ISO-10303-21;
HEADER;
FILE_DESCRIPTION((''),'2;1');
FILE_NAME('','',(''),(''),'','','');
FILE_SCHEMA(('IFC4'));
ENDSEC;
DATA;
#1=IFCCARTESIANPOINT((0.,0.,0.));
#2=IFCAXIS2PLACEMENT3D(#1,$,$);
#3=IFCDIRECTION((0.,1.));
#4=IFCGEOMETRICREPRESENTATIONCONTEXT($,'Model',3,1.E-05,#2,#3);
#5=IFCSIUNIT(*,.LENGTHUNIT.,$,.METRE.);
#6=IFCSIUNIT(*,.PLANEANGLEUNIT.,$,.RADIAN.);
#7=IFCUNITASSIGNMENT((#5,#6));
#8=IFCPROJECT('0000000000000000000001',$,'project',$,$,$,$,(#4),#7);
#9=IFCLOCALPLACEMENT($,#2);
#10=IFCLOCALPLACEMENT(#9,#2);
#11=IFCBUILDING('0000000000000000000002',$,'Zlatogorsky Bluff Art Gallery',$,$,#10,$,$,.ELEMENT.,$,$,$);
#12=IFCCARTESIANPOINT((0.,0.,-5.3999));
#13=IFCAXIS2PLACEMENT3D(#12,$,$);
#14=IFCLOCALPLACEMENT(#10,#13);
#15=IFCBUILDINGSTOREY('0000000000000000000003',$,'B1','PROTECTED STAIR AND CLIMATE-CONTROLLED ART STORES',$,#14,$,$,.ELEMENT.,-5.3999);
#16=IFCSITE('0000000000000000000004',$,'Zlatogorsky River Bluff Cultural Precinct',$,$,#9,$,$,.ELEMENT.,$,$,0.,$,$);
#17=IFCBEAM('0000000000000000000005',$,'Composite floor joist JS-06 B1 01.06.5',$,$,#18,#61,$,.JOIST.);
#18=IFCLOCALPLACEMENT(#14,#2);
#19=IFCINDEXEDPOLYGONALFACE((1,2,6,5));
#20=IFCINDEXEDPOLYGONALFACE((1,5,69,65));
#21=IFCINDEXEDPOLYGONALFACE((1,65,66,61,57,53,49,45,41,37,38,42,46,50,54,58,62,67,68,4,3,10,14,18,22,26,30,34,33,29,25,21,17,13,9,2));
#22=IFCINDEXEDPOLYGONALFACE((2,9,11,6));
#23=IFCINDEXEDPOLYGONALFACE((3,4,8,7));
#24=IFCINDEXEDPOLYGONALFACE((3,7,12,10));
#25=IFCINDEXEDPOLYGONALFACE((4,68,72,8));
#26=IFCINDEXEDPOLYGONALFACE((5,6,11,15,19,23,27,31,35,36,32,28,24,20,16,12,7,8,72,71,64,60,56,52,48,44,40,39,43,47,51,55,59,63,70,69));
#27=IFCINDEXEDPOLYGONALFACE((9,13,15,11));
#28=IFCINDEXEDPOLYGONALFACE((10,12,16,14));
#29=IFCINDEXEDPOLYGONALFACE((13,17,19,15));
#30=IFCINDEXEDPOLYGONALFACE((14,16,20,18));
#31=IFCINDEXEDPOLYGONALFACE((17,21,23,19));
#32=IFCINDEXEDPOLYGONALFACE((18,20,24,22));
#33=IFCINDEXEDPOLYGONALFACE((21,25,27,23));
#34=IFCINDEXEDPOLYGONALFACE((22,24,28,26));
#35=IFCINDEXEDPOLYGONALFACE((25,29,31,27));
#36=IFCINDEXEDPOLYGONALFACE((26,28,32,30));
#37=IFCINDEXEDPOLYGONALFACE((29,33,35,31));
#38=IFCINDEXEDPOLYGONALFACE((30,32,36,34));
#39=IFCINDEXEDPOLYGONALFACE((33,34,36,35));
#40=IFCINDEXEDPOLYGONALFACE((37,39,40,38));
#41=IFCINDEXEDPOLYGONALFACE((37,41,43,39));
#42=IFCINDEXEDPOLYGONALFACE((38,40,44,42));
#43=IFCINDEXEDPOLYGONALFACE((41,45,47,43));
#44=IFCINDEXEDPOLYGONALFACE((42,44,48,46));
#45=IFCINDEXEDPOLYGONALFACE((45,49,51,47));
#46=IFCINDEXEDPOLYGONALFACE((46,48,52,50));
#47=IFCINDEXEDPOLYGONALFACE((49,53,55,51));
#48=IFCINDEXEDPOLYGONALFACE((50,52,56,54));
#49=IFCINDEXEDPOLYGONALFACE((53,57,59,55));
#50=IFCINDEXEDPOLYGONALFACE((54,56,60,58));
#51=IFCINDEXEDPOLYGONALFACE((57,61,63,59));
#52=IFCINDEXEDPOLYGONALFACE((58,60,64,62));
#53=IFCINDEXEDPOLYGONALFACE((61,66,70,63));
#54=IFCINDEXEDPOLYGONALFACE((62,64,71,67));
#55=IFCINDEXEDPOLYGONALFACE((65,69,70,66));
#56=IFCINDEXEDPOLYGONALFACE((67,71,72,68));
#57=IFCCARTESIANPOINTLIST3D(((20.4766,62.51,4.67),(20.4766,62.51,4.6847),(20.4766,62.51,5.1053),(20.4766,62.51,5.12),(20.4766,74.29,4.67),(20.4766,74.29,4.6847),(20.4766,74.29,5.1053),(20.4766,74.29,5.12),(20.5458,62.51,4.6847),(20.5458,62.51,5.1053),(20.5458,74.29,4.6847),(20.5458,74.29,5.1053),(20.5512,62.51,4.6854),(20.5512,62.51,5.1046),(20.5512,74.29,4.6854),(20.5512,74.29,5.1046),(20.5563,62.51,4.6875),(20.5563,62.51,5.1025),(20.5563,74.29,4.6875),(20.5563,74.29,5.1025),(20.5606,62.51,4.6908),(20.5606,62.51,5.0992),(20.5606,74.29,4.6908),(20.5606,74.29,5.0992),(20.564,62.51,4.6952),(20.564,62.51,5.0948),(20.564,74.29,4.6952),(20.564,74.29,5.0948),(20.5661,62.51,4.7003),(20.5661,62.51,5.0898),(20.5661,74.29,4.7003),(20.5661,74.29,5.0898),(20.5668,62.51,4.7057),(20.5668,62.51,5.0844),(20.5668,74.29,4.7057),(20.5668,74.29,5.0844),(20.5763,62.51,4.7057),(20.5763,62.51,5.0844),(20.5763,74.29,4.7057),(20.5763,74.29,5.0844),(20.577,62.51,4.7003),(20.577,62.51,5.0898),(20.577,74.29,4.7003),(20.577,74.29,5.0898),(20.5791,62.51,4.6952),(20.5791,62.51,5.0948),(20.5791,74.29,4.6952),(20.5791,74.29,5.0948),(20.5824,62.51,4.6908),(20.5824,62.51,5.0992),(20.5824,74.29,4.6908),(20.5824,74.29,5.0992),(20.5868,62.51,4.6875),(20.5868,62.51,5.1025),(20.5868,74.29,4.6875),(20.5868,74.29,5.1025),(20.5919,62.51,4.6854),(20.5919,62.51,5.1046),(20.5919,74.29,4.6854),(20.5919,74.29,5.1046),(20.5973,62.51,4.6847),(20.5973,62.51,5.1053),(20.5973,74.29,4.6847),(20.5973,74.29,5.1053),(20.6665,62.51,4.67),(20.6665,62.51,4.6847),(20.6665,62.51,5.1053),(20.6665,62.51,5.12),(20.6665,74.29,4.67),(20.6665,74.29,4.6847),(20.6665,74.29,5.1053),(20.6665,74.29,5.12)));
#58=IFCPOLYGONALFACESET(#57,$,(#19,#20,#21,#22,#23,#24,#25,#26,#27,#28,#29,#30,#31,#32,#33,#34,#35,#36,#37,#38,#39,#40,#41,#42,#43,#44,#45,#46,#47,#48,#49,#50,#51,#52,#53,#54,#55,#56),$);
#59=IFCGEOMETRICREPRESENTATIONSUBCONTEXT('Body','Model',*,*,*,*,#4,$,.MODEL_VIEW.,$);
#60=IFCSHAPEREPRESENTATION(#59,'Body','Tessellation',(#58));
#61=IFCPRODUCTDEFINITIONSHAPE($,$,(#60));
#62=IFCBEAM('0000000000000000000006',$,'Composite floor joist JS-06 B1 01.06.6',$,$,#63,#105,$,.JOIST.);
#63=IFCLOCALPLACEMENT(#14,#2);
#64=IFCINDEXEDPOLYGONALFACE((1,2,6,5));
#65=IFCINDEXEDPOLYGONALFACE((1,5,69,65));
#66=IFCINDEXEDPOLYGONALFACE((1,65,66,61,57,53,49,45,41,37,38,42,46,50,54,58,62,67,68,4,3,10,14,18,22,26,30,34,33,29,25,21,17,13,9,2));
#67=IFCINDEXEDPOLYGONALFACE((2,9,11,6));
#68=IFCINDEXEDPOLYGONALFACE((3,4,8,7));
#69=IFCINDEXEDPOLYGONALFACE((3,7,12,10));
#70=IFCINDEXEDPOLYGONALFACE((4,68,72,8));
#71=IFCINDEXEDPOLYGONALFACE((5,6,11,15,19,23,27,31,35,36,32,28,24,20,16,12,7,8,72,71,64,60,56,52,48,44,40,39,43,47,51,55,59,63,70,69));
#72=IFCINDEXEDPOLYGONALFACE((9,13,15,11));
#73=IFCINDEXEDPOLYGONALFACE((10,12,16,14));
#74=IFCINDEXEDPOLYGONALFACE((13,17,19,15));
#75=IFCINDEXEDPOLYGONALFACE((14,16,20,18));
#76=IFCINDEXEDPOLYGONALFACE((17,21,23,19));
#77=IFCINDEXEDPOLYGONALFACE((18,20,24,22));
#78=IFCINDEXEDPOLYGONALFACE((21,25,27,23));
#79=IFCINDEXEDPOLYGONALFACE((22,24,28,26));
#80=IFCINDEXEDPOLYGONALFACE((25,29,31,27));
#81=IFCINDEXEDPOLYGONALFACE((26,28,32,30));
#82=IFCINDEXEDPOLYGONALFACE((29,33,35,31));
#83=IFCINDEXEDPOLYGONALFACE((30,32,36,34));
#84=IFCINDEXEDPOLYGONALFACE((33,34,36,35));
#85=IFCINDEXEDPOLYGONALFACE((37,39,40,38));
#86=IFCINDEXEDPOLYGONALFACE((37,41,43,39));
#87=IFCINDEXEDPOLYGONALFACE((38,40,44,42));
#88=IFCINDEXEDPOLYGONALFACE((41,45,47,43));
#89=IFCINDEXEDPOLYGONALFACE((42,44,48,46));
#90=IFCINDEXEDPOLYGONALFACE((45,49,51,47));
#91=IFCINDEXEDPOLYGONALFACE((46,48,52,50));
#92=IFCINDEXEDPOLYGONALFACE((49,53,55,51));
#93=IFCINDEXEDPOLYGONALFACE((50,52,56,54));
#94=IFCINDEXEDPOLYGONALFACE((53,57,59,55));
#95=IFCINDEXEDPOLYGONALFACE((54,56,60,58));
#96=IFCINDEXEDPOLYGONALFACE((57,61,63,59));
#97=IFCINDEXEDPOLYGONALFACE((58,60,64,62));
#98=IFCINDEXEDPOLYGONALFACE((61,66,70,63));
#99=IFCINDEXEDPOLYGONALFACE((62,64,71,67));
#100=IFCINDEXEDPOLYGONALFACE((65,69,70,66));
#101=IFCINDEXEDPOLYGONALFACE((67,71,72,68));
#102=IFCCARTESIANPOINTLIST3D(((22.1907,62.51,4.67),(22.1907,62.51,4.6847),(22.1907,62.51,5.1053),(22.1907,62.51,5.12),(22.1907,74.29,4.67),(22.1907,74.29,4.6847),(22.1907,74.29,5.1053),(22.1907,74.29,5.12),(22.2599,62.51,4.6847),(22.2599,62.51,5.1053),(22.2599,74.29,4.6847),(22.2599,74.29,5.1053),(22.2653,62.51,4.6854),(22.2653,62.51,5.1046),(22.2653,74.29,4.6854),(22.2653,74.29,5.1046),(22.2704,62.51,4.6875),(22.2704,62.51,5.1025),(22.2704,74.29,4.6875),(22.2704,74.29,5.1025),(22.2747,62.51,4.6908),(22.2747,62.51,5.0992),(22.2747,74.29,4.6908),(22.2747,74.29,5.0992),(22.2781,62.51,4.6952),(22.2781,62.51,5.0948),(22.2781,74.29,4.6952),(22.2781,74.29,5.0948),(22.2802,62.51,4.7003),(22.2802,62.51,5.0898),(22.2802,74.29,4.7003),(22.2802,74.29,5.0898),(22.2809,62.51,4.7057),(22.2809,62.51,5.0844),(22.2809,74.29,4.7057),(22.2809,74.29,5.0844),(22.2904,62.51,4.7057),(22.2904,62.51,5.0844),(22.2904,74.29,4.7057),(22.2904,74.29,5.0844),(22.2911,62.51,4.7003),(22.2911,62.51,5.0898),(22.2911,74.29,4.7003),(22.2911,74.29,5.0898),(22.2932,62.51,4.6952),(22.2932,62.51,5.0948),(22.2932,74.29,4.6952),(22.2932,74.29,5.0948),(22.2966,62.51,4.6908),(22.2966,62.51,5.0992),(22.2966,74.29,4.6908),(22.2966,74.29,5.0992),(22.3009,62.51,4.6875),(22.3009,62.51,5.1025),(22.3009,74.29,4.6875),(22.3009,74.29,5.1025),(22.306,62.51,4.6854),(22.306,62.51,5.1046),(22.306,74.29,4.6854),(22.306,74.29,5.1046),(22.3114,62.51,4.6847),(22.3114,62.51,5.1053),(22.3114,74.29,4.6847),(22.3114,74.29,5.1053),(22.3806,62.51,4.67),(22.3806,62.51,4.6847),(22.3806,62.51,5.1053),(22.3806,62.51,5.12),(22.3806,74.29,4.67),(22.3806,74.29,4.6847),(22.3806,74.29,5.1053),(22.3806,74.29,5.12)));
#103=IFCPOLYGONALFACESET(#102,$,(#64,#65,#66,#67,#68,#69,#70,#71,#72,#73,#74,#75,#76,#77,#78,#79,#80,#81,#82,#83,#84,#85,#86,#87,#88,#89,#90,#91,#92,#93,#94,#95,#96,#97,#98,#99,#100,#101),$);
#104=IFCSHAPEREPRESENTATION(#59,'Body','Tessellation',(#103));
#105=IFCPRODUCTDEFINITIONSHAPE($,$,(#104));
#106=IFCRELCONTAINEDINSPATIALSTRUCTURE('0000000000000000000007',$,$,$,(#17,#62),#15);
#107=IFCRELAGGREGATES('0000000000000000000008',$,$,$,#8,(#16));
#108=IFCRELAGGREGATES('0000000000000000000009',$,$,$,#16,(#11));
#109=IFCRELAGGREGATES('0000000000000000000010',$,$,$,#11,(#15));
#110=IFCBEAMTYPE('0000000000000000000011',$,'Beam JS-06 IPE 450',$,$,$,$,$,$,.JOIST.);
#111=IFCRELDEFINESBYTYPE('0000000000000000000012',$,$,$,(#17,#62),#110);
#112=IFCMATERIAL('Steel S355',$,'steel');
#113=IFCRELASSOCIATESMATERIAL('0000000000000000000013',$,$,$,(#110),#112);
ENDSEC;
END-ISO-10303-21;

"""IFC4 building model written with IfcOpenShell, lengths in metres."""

from ifc_helpers import new_model, si_unit, direction, frame, origin, origin_2d, place, context, subcontext, project, spatial, i_section, extrude, material, material_profile, profile_set, type_object, element, save


model = new_model("IFC4")

# Units and contexts
model_context = context("Model", 3, precision=1e-05, world=origin(), true_north=direction((0.0, 1.0)))
body_context = subcontext(model_context, "Body", "Model", "MODEL_VIEW")
ifc_project = project(units=[si_unit("LENGTHUNIT", "METRE"), si_unit("PLANEANGLEUNIT", "RADIAN")], contexts=[model_context])

# Site, building, storey
site_placement = place(None, origin())
site = spatial("IfcSite", under=ifc_project, at=site_placement, Name="Zlatogorsky River Bluff Cultural Precinct", CompositionType="ELEMENT", RefElevation=0.0)
building_placement = place(site_placement, origin())
building = spatial("IfcBuilding", under=site, at=building_placement, Name="Zlatogorsky Bluff Art Gallery", CompositionType="ELEMENT")
storey_placement = place(building_placement, frame((0.0, 0.0, -5.3999)))
storey = spatial("IfcBuildingStorey", under=building, at=storey_placement, Name="B1", Description="PROTECTED STAIR AND CLIMATE-CONTROLLED ART STORES", CompositionType="ELEMENT", Elevation=-5.3999)

# Shared definitions
ifc_material_1 = material(Name="Steel S355", Category="steel")

# Beams
ifc_material_profile_1 = material_profile(ifc_material_1, i_section(OverallWidth=0.1899, OverallDepth=0.45, WebThickness=0.0095, FlangeThickness=0.0146, FilletRadius=0.021, at=origin_2d()), Name="IPE 450")
ifc_profile_set_1 = profile_set([ifc_material_profile_1], Name="Steel S355")
beam_type_1 = type_object("IfcBeamType", Name="Beam JS-06 IPE 450", PredefinedType="JOIST", material=ifc_profile_set_1)
for number, where, z_axis, x_axis, name in (
    (1, (20.5715, 62.51, 4.895), (0.0, 1.0, 0.0), (-1.0, 0.0, 0.0), "Composite floor joist JS-06 B1 01.06.5"),
    (2, (22.2856, 62.51, 4.895), (0.0, 1.0, 0.0), (-1.0, 0.0, 0.0), "Composite floor joist JS-06 B1 01.06.6"),
):
    element("IfcBeam", number, at=place(storey_placement, frame(where, z_axis=z_axis, x_axis=x_axis)), inside=storey, type_object=beam_type_1, Name=name, PredefinedType="JOIST", context=body_context, shape_type="SweptSolid", body=[
        extrude(i_section(OverallWidth=0.1899, OverallDepth=0.45, WebThickness=0.0095, FlangeThickness=0.0146, FilletRadius=0.021, at=origin_2d()), origin(), (0.0, 0.0, 1.0), 11.78),
    ])

save(model, "model.ifc")
